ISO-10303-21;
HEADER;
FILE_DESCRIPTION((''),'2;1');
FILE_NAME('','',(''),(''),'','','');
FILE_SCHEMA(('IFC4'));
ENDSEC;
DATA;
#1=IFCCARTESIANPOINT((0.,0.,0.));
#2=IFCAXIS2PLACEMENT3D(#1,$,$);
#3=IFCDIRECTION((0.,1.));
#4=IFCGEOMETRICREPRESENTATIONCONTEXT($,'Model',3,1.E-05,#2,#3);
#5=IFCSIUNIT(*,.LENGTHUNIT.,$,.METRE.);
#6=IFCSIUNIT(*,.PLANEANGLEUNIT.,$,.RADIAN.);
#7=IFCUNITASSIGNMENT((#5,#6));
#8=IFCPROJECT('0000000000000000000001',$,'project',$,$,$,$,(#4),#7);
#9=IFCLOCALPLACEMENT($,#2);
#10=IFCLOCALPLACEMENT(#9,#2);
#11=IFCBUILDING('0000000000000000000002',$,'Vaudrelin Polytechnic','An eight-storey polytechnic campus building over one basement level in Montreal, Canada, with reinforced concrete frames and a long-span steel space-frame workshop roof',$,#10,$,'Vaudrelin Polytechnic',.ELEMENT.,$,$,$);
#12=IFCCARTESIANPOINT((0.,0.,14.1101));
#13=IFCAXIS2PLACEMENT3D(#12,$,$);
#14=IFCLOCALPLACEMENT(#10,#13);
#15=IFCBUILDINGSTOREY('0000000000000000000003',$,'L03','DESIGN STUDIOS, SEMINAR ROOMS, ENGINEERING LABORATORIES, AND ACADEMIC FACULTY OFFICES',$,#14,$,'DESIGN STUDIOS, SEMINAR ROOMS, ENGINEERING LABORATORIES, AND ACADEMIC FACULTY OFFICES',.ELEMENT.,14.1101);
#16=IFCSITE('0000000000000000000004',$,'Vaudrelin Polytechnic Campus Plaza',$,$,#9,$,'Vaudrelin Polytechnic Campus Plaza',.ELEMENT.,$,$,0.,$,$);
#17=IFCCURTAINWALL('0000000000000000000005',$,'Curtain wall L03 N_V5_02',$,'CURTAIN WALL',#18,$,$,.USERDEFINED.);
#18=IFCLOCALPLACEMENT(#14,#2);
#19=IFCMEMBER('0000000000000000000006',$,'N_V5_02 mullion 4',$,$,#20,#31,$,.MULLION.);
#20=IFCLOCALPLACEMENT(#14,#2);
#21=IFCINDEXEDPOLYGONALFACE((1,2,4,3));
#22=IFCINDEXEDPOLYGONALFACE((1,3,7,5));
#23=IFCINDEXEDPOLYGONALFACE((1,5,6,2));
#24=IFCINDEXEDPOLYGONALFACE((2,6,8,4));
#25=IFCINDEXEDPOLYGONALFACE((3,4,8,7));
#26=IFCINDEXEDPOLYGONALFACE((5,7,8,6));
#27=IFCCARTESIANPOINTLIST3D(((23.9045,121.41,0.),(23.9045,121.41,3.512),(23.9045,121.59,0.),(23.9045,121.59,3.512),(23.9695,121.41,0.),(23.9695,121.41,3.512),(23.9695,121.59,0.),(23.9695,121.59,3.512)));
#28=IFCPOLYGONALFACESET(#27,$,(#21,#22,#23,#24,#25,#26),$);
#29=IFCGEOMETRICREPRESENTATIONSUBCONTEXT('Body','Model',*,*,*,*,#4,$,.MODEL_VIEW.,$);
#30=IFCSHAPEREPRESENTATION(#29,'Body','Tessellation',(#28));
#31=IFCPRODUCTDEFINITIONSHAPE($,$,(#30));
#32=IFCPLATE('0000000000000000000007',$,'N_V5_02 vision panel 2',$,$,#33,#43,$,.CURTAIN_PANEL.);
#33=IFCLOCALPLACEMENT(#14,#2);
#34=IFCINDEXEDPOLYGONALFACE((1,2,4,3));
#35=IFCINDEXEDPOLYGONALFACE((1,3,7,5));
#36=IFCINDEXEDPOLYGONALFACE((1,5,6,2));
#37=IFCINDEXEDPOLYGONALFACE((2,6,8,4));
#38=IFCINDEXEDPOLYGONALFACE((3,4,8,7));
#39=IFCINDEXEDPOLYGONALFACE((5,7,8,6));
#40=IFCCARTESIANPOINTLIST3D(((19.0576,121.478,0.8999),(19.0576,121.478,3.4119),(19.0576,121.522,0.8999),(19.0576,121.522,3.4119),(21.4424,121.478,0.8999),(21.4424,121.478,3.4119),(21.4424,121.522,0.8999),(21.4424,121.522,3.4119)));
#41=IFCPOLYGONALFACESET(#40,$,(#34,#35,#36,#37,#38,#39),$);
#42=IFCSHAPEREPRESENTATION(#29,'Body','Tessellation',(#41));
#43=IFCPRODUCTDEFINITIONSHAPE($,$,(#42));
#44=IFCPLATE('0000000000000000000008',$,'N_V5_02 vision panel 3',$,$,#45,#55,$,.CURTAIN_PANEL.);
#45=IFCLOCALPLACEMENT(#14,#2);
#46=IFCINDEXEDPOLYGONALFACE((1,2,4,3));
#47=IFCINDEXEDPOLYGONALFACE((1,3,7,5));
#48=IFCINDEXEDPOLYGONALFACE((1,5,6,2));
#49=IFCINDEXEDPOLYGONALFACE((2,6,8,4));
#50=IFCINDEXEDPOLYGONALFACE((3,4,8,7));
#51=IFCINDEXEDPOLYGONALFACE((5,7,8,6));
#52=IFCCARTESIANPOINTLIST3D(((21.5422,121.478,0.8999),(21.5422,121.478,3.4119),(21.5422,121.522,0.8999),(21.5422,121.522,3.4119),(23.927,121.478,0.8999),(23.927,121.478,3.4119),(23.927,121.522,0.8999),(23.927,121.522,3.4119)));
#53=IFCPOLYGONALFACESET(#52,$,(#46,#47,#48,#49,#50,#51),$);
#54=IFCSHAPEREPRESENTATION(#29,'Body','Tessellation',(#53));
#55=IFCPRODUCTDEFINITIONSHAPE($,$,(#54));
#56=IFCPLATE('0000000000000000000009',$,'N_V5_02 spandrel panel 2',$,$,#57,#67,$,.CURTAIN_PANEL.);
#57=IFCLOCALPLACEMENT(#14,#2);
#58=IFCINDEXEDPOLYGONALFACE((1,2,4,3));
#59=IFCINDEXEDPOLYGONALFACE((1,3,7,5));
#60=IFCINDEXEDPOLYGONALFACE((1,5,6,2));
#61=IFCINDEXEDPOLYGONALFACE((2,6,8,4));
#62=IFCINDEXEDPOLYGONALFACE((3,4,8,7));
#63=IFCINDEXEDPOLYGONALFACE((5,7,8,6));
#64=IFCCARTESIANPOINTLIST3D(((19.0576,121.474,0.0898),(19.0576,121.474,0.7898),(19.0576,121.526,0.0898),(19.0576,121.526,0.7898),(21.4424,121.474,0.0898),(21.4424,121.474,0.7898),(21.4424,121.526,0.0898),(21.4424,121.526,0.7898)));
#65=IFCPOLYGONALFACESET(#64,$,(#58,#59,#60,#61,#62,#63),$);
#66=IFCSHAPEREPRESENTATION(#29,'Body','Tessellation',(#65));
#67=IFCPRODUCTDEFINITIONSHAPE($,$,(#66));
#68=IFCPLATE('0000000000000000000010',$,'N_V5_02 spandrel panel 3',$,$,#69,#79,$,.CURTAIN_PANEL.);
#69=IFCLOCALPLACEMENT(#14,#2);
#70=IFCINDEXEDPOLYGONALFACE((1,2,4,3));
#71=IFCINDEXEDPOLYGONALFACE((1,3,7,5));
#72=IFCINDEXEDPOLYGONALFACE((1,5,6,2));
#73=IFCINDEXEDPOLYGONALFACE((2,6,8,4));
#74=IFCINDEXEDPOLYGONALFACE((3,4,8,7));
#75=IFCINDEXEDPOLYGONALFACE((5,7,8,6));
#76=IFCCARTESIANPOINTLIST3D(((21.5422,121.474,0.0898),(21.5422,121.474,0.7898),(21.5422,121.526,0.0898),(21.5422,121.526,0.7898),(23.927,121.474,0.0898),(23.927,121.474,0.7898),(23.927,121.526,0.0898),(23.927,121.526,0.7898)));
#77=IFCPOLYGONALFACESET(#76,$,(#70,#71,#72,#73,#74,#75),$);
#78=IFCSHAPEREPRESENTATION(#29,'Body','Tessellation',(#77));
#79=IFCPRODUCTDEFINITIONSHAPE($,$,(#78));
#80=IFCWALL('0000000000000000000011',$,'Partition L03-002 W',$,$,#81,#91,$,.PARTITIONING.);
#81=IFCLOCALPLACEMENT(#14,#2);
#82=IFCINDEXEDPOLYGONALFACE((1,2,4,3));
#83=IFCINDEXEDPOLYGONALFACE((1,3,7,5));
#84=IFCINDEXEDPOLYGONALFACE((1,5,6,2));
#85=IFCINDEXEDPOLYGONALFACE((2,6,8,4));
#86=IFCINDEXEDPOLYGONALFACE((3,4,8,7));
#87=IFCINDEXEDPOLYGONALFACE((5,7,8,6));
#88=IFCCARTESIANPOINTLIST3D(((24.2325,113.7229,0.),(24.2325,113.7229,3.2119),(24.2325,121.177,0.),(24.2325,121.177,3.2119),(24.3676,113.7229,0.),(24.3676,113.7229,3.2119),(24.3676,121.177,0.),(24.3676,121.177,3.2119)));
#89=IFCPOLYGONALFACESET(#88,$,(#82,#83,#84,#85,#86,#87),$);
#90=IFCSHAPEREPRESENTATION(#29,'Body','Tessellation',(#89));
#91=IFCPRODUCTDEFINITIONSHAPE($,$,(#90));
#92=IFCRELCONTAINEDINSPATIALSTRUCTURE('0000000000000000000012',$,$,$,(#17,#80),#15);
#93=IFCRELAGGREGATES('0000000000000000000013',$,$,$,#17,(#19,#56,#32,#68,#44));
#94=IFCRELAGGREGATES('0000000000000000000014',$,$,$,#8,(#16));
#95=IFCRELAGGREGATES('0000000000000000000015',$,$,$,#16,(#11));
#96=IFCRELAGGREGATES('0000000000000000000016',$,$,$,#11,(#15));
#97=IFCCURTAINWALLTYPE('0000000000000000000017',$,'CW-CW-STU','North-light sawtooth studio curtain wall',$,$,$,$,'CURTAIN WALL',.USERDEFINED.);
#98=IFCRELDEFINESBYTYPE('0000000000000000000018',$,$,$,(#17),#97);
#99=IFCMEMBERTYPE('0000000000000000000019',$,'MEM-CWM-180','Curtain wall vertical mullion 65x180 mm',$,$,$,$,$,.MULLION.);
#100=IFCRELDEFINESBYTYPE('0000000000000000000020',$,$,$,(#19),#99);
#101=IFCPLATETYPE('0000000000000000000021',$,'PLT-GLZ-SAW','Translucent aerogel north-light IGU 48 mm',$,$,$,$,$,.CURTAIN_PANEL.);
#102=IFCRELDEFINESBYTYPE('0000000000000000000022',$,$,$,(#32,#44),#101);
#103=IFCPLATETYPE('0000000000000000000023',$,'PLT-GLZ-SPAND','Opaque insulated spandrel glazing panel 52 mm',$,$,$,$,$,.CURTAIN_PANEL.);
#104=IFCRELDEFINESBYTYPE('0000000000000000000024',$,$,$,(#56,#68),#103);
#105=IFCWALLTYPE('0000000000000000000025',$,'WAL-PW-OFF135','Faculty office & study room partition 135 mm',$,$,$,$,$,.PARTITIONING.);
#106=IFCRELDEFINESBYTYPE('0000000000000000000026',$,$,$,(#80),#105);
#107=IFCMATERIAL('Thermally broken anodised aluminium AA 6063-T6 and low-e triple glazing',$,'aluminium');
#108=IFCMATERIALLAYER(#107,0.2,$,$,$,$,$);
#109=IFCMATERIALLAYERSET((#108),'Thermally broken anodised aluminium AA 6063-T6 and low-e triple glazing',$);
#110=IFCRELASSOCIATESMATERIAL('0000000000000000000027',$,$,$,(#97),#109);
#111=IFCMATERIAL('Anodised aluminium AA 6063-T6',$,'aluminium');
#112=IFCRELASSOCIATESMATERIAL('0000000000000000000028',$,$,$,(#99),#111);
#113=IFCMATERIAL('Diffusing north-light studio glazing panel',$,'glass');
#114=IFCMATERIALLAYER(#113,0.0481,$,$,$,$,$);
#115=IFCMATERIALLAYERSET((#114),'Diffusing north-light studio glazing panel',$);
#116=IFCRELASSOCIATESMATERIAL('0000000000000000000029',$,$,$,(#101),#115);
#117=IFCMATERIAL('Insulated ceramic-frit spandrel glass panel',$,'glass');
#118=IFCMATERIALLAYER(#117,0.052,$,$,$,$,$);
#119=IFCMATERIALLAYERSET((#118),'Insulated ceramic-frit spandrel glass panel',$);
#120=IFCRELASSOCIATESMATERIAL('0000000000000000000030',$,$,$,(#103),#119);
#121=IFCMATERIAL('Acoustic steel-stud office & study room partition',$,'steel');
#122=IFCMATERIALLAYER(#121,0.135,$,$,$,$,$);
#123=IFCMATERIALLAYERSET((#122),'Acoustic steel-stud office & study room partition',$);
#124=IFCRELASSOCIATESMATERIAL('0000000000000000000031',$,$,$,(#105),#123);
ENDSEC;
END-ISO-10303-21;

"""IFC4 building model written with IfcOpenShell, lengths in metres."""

from ifc_helpers import new_model, si_unit, direction, frame, frame_2d, origin, origin_2d, place, context, subcontext, project, spatial, rectangle, extrude, material, layer, layer_set, material_profile, profile_set, type_object, element, aggregate, save


model = new_model("IFC4")

# Units and contexts
model_context = context("Model", 3, precision=1e-05, world=origin(), true_north=direction((0.0, 1.0)))
body_context = subcontext(model_context, "Body", "Model", "MODEL_VIEW")
ifc_project = project(units=[si_unit("LENGTHUNIT", "METRE"), si_unit("PLANEANGLEUNIT", "RADIAN")], contexts=[model_context])

# Site, building, storey
site_placement = place(None, origin())
site = spatial("IfcSite", under=ifc_project, at=site_placement, Name="Vaudrelin Polytechnic Campus Plaza", LongName="Vaudrelin Polytechnic Campus Plaza", CompositionType="ELEMENT", RefElevation=0.0)
building_placement = place(site_placement, origin())
building = spatial("IfcBuilding", under=site, at=building_placement, Name="Vaudrelin Polytechnic", Description="An eight-storey polytechnic campus building over one basement level in Montreal, Canada, with reinforced concrete frames and a long-span steel space-frame workshop roof", LongName="Vaudrelin Polytechnic", CompositionType="ELEMENT")
storey_placement = place(building_placement, frame((0.0, 0.0, 14.1101)))
storey = spatial("IfcBuildingStorey", under=building, at=storey_placement, Name="L03", Description="DESIGN STUDIOS, SEMINAR ROOMS, ENGINEERING LABORATORIES, AND ACADEMIC FACULTY OFFICES", LongName="DESIGN STUDIOS, SEMINAR ROOMS, ENGINEERING LABORATORIES, AND ACADEMIC FACULTY OFFICES", CompositionType="ELEMENT", Elevation=14.1101)

# Curtain wall, member, plates
ifc_material_1 = material(Name="Thermally broken anodised aluminium AA 6063-T6 and low-e triple glazing", Category="aluminium")
ifc_layer_1 = layer(ifc_material_1, 0.2)
ifc_layer_set_1 = layer_set([ifc_layer_1], Name="Thermally broken anodised aluminium AA 6063-T6 and low-e triple glazing")
curtain_wall_type = type_object("IfcCurtainWallType", Name="CW-CW-STU", Description="North-light sawtooth studio curtain wall", ElementType="CURTAIN WALL", PredefinedType="USERDEFINED", material=ifc_layer_set_1)
curtain_wall_placement = place(storey_placement, origin())
curtain_wall = element("IfcCurtainWall", 1, at=curtain_wall_placement, inside=storey, type_object=curtain_wall_type, Name="Curtain wall L03 N_V5_02", ObjectType="CURTAIN WALL", PredefinedType="USERDEFINED")
ifc_material_2 = material(Name="Anodised aluminium AA 6063-T6", Category="aluminium")
ifc_material_profile_1 = material_profile(ifc_material_2, rectangle(XDim=0.0649, YDim=0.1799, at=origin_2d()), Name="CWM-65x180")
ifc_profile_set_1 = profile_set([ifc_material_profile_1], Name="Anodised aluminium AA 6063-T6")
member_type = type_object("IfcMemberType", Name="MEM-CWM-180", Description="Curtain wall vertical mullion 65x180 mm", PredefinedType="MULLION", material=ifc_profile_set_1)
member_1_placement = place(storey_placement, frame((23.937, 121.5, 0.0), z_axis=(0.0, 0.0, 1.0), x_axis=(1.0, 0.0, 0.0)))
member_1 = element("IfcMember", 2, at=member_1_placement, type_object=member_type, Name="N_V5_02 mullion 4", PredefinedType="MULLION", context=body_context, shape_type="SweptSolid", body=[
    extrude(rectangle(XDim=0.0649, YDim=0.1799, at=origin_2d()), origin(), (0.0, 0.0, 1.0), 3.512),
])
ifc_material_3 = material(Name="Diffusing north-light studio glazing panel", Category="glass")
ifc_layer_2 = layer(ifc_material_3, 0.0481)
ifc_layer_set_2 = layer_set([ifc_layer_2], Name="Diffusing north-light studio glazing panel")
plate_type_1 = type_object("IfcPlateType", Name="PLT-GLZ-SAW", Description="Translucent aerogel north-light IGU 48 mm", PredefinedType="CURTAIN_PANEL", material=ifc_layer_set_2)
plate_1_placement = place(storey_placement, frame((20.25, 121.5, 0.8999), z_axis=(0.0, 0.0, 1.0), x_axis=(1.0, 0.0, 0.0)))
plate_1 = element("IfcPlate", 3, at=plate_1_placement, type_object=plate_type_1, Name="N_V5_02 vision panel 2", PredefinedType="CURTAIN_PANEL", context=body_context, shape_type="SweptSolid", body=[
    extrude(rectangle(XDim=2.3848, YDim=0.0439, at=origin_2d()), origin(), (0.0, 0.0, 1.0), 2.512),
])
plate_2_placement = place(storey_placement, frame((22.7346, 121.5, 0.8999), z_axis=(0.0, 0.0, 1.0), x_axis=(1.0, 0.0, 0.0)))
plate_2 = element("IfcPlate", 4, at=plate_2_placement, type_object=plate_type_1, Name="N_V5_02 vision panel 3", PredefinedType="CURTAIN_PANEL", context=body_context, shape_type="SweptSolid", body=[
    extrude(rectangle(XDim=2.3848, YDim=0.0439, at=origin_2d()), origin(), (0.0, 0.0, 1.0), 2.512),
])
ifc_material_4 = material(Name="Insulated ceramic-frit spandrel glass panel", Category="glass")
ifc_layer_3 = layer(ifc_material_4, 0.052)
ifc_layer_set_3 = layer_set([ifc_layer_3], Name="Insulated ceramic-frit spandrel glass panel")
plate_type_2 = type_object("IfcPlateType", Name="PLT-GLZ-SPAND", Description="Opaque insulated spandrel glazing panel 52 mm", PredefinedType="CURTAIN_PANEL", material=ifc_layer_set_3)
plate_3_placement = place(storey_placement, frame((20.25, 121.5, 0.0898), z_axis=(0.0, 0.0, 1.0), x_axis=(1.0, 0.0, 0.0)))
plate_3 = element("IfcPlate", 5, at=plate_3_placement, type_object=plate_type_2, Name="N_V5_02 spandrel panel 2", PredefinedType="CURTAIN_PANEL", context=body_context, shape_type="SweptSolid", body=[
    extrude(rectangle(XDim=2.3848, YDim=0.052, at=origin_2d()), origin(), (0.0, 0.0, 1.0), 0.7),
])
plate_4_placement = place(storey_placement, frame((22.7346, 121.5, 0.0898), z_axis=(0.0, 0.0, 1.0), x_axis=(1.0, 0.0, 0.0)))
plate_4 = element("IfcPlate", 6, at=plate_4_placement, type_object=plate_type_2, Name="N_V5_02 spandrel panel 3", PredefinedType="CURTAIN_PANEL", context=body_context, shape_type="SweptSolid", body=[
    extrude(rectangle(XDim=2.3848, YDim=0.052, at=origin_2d()), origin(), (0.0, 0.0, 1.0), 0.7),
])
aggregate(curtain_wall, [member_1, plate_3, plate_1, plate_4, plate_2])

# Wall
ifc_material_5 = material(Name="Acoustic steel-stud office & study room partition", Category="steel")
ifc_layer_4 = layer(ifc_material_5, 0.135)
ifc_layer_set_4 = layer_set([ifc_layer_4], Name="Acoustic steel-stud office & study room partition")
wall_type = type_object("IfcWallType", Name="WAL-PW-OFF135", Description="Faculty office & study room partition 135 mm", PredefinedType="PARTITIONING", material=ifc_layer_set_4)
wall_placement = place(storey_placement, frame((24.3, 113.7229, 0.0), z_axis=(0.0, 0.0, 1.0), x_axis=(0.0, 1.0, 0.0)))
element("IfcWall", 7, at=wall_placement, inside=storey, type_object=wall_type, Name="Partition L03-002 W", PredefinedType="PARTITIONING", context=body_context, shape_type="SweptSolid", body=[
    extrude(rectangle(XDim=7.4541, YDim=0.135, at=frame_2d((3.7271, 0.0))), origin(), (0.0, 0.0, 1.0), 3.2119),
])

save(model, "model.ifc")
